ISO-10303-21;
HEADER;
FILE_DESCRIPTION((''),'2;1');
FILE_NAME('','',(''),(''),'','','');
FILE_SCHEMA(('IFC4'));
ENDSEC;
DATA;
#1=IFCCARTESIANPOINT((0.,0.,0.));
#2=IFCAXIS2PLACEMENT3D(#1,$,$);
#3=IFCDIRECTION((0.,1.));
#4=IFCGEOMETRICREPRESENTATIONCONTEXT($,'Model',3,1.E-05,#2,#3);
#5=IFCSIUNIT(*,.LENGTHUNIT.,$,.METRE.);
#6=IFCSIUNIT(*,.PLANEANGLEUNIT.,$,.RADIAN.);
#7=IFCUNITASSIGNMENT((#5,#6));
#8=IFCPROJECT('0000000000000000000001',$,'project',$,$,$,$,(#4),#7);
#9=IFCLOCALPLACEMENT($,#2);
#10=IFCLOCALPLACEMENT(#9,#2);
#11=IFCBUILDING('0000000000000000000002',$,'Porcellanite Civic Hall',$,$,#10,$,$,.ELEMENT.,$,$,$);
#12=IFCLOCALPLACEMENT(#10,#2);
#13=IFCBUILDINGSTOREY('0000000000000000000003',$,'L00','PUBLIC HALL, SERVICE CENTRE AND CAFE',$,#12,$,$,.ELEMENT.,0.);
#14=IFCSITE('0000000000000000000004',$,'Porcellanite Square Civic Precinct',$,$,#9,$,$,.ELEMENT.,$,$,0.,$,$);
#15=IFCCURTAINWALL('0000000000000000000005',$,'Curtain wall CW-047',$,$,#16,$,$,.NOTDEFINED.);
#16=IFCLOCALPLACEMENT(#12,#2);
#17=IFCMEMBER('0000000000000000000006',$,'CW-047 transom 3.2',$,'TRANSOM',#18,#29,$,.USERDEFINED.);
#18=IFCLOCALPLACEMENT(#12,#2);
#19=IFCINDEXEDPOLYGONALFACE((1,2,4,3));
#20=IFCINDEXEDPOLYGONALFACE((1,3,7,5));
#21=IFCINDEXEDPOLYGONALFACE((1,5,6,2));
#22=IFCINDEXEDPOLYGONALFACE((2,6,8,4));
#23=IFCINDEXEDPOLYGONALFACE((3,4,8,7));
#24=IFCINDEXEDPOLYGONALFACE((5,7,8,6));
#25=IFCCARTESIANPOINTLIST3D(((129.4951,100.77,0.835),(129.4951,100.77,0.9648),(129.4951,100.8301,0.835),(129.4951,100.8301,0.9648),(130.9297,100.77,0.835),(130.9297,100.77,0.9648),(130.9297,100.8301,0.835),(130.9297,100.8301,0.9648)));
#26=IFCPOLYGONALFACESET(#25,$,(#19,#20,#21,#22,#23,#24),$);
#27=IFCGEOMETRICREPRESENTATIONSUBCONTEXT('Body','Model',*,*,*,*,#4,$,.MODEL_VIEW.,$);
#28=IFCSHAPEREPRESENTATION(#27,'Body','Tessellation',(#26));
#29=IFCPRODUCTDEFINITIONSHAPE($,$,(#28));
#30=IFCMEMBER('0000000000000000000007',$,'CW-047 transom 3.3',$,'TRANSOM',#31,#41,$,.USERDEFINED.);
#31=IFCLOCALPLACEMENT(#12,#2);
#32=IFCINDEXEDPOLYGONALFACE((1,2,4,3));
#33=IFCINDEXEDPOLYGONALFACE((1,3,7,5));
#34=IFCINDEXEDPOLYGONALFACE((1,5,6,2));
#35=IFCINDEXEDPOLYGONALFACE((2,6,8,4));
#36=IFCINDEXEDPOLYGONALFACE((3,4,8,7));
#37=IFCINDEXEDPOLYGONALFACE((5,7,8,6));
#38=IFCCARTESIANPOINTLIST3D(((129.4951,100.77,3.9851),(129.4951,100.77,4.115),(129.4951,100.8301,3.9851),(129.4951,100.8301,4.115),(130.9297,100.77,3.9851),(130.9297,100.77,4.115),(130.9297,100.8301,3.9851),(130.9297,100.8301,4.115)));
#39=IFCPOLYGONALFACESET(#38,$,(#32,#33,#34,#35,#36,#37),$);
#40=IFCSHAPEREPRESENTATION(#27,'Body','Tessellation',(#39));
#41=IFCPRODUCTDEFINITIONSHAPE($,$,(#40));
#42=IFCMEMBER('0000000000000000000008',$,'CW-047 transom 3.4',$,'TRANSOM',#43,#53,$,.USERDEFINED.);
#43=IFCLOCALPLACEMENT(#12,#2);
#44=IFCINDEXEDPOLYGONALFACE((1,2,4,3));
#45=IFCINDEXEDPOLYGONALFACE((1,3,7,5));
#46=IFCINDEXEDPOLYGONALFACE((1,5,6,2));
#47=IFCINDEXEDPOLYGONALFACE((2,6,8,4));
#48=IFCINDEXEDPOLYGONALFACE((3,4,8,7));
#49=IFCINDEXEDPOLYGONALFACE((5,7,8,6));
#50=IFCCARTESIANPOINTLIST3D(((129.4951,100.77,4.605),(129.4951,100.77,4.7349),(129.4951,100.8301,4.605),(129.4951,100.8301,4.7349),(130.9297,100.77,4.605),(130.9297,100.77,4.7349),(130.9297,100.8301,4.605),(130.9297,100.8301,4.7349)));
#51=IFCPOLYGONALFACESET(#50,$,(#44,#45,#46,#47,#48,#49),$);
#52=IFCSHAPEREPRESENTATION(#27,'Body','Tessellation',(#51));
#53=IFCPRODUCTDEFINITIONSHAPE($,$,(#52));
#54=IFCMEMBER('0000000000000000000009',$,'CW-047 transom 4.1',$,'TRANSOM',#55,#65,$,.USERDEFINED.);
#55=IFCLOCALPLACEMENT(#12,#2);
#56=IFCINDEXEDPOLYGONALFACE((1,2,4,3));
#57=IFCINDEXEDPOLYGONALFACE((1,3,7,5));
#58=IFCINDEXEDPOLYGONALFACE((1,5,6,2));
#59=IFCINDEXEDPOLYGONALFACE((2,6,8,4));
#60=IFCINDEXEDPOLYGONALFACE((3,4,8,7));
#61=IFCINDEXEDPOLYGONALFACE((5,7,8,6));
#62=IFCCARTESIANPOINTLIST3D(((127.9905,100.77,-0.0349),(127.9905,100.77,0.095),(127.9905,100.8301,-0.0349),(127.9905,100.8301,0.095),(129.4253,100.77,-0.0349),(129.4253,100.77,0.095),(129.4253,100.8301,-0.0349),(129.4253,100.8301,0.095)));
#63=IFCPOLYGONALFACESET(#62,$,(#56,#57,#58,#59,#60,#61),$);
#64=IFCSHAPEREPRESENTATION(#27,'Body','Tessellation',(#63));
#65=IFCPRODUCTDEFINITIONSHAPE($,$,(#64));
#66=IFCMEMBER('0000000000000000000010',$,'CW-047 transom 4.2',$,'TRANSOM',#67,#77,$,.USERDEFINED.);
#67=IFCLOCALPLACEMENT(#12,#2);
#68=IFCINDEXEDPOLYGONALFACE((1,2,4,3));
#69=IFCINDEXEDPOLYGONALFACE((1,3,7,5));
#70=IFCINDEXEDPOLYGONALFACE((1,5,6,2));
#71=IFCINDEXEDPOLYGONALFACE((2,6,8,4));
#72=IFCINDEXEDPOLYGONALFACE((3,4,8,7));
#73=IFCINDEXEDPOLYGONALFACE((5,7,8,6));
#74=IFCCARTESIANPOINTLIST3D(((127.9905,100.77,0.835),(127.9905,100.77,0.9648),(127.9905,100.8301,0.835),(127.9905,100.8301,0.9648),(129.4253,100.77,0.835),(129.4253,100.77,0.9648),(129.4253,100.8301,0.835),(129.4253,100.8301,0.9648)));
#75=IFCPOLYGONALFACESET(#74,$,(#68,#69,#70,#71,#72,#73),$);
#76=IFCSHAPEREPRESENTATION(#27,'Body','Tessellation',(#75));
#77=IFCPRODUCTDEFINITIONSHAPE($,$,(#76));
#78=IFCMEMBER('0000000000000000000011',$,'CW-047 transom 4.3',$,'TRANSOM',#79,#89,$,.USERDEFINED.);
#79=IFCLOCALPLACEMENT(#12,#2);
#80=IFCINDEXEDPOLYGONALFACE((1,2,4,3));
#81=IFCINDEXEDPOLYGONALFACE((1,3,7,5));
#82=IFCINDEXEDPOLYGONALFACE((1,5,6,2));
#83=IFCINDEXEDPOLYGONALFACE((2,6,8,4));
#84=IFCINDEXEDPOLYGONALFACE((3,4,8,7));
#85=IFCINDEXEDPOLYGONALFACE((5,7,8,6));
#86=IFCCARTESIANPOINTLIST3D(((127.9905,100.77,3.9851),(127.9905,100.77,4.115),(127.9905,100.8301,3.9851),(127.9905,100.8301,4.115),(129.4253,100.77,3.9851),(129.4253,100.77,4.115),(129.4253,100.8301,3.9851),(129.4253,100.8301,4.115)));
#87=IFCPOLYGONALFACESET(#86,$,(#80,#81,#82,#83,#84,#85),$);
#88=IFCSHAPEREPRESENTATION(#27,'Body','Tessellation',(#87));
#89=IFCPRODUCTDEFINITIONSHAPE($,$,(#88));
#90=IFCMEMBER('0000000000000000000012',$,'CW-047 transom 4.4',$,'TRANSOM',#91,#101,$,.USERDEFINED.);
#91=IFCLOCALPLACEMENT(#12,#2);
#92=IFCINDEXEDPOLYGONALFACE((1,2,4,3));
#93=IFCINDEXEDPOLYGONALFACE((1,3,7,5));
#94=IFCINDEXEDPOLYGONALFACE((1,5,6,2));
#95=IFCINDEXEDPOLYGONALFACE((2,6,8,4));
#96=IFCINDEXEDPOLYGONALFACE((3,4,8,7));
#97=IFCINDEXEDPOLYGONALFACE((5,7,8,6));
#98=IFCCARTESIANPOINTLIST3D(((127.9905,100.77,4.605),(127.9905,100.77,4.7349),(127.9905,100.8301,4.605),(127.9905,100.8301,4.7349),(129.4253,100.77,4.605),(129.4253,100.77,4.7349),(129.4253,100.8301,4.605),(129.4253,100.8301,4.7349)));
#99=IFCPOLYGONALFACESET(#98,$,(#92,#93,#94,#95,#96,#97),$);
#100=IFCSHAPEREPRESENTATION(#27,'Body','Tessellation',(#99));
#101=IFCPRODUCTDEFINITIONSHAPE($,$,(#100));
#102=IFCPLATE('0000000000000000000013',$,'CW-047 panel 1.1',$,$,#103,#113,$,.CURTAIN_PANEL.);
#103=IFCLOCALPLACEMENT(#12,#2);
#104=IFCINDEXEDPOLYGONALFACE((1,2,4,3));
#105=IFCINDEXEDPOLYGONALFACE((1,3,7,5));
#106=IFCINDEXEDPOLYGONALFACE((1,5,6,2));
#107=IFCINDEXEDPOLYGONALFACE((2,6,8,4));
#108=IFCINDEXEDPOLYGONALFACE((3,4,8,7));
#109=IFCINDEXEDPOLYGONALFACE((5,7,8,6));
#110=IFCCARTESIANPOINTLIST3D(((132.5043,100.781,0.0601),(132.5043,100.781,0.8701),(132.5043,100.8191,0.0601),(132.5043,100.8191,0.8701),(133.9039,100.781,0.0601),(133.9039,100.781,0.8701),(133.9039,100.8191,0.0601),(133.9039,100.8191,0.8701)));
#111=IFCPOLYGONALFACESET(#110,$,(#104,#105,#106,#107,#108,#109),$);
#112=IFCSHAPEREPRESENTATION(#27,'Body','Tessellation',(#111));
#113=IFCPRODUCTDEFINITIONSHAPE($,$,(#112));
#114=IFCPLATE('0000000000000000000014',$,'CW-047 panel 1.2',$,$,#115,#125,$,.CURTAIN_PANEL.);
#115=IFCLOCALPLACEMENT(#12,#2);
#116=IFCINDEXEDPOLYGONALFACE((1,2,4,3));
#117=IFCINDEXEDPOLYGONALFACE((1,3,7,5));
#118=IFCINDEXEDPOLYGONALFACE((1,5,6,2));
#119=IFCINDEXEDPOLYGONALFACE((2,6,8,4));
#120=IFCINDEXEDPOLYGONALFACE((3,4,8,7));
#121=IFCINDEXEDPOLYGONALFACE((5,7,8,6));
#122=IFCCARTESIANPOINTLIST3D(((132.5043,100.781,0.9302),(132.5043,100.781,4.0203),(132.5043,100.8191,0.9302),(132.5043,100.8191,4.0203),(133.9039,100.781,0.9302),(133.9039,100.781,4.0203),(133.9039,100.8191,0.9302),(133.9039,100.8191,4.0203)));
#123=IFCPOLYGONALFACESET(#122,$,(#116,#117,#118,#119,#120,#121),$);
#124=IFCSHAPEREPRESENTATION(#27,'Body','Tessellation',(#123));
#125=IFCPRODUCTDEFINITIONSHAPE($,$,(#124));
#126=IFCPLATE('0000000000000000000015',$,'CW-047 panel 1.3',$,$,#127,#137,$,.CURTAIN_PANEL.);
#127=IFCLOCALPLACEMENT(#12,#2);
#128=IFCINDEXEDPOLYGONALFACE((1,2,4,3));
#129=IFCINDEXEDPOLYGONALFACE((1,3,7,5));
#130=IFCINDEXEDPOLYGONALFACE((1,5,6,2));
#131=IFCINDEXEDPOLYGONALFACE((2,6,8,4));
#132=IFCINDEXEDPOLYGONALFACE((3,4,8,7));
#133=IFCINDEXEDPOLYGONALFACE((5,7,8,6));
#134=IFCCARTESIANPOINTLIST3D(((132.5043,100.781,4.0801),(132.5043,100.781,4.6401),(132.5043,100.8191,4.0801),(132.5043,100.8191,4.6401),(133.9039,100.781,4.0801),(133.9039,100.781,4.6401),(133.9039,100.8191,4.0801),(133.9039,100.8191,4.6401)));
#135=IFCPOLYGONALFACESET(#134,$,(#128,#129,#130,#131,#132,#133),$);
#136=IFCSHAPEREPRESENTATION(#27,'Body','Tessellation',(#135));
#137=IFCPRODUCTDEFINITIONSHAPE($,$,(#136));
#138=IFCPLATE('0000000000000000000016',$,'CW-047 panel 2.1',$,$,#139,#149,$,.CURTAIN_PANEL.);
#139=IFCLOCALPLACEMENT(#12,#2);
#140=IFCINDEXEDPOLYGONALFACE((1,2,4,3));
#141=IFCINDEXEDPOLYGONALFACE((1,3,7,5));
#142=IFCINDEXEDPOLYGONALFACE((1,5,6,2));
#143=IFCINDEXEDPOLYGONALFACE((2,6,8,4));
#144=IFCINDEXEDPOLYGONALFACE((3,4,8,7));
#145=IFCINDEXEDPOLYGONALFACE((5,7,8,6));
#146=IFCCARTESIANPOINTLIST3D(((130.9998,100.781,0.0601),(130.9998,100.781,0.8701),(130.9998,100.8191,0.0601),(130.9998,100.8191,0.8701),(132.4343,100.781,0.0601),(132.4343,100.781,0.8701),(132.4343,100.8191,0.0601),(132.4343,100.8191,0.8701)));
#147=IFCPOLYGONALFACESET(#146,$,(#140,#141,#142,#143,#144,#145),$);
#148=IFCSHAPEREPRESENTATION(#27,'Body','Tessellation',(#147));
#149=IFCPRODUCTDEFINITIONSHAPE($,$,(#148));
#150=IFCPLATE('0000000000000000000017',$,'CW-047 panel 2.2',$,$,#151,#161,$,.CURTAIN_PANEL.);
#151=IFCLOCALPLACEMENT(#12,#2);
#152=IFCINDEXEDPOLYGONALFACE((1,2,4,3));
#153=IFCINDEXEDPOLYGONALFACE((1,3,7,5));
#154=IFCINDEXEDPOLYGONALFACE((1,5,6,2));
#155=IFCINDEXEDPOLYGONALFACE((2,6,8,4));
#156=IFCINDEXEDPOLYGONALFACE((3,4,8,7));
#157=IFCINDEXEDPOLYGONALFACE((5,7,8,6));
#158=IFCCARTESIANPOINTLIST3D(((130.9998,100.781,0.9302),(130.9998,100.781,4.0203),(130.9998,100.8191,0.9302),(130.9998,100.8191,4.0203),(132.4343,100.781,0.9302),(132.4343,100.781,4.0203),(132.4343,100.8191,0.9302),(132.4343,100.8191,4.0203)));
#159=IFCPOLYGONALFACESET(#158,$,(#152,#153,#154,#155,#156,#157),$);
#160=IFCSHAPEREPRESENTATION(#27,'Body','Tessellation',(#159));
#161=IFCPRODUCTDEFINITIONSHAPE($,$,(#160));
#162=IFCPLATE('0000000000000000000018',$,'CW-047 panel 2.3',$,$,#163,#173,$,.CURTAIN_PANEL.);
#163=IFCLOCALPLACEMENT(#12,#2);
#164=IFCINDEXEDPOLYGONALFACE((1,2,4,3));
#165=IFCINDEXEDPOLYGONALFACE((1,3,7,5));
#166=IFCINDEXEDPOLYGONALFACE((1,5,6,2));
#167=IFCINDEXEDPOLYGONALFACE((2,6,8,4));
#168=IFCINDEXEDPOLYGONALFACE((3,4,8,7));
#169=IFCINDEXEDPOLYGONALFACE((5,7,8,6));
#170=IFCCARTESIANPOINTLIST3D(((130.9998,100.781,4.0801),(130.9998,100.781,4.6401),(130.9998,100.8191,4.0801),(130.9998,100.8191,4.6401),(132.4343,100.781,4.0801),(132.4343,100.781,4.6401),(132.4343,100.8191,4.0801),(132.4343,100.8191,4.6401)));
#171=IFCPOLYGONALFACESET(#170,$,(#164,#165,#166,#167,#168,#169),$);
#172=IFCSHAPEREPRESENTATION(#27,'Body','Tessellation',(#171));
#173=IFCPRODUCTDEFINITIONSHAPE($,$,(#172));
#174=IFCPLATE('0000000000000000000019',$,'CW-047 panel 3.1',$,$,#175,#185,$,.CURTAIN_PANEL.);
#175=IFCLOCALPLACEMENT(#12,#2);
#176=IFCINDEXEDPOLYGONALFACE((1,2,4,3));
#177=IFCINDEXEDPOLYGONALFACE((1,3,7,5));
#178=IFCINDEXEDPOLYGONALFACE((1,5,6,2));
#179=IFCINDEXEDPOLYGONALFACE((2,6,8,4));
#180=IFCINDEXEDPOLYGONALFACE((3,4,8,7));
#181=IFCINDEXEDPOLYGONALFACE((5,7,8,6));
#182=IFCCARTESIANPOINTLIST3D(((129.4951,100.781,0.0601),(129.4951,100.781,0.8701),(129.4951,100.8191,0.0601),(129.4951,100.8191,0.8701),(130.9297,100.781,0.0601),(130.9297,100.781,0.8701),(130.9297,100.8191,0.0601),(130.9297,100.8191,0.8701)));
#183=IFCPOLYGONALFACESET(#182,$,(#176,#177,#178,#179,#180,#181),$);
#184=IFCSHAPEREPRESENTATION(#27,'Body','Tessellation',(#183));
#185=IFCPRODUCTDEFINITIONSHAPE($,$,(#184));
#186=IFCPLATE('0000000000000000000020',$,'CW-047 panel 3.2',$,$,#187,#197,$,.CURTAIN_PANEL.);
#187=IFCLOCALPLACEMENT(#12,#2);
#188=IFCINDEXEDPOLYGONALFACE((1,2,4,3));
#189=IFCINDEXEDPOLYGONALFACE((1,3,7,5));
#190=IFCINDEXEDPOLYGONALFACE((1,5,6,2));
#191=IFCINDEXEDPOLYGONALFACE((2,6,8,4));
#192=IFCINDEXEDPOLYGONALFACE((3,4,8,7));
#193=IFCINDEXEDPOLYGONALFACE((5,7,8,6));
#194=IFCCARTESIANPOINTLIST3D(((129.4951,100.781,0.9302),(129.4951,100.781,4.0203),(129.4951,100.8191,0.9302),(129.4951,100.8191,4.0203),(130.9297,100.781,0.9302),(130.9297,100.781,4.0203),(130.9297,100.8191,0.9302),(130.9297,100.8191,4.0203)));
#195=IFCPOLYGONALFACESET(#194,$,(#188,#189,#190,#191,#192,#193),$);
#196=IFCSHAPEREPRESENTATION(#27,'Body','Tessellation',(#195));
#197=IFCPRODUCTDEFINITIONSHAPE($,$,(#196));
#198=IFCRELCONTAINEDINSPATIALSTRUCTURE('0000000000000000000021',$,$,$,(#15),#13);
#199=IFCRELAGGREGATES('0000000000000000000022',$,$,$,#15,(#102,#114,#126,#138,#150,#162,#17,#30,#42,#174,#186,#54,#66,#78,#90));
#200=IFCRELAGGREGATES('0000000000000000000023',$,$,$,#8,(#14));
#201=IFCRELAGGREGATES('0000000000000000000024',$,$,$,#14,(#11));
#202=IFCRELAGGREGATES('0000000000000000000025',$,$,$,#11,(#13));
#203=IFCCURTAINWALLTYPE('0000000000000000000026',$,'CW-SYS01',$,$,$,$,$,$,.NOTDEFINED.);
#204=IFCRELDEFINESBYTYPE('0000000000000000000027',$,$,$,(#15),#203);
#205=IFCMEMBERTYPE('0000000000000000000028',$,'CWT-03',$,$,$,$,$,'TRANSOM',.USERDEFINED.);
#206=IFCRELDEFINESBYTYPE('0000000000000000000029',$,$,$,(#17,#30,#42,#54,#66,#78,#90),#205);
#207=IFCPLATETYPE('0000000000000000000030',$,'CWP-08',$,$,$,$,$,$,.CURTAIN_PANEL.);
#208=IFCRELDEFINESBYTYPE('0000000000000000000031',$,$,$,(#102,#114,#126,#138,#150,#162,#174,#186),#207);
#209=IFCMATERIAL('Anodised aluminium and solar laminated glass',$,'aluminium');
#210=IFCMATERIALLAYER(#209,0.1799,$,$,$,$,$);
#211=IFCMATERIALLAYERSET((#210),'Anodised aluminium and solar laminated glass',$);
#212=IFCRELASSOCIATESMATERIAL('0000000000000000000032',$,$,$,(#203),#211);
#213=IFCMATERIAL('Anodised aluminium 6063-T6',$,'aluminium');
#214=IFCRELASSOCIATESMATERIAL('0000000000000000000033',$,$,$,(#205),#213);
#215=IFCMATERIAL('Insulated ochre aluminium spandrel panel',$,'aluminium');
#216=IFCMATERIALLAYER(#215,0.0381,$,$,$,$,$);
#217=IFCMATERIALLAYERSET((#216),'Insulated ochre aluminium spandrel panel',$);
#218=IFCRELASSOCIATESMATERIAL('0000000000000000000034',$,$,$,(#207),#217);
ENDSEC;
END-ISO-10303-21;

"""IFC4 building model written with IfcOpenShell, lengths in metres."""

from ifc_helpers import new_model, si_unit, direction, frame, origin, origin_2d, place, context, subcontext, project, spatial, rectangle, extrude, material, layer, layer_set, material_profile, profile_set, type_object, element, aggregate, save


model = new_model("IFC4")

# Units and contexts
model_context = context("Model", 3, precision=1e-05, world=origin(), true_north=direction((0.0, 1.0)))
body_context = subcontext(model_context, "Body", "Model", "MODEL_VIEW")
ifc_project = project(units=[si_unit("LENGTHUNIT", "METRE"), si_unit("PLANEANGLEUNIT", "RADIAN")], contexts=[model_context])

# Site, building, storey
site_placement = place(None, origin())
site = spatial("IfcSite", under=ifc_project, at=site_placement, Name="Porcellanite Square Civic Precinct", CompositionType="ELEMENT", RefElevation=0.0)
building_placement = place(site_placement, origin())
building = spatial("IfcBuilding", under=site, at=building_placement, Name="Porcellanite Civic Hall", CompositionType="ELEMENT")
storey_placement = place(building_placement, origin())
storey = spatial("IfcBuildingStorey", under=building, at=storey_placement, Name="L00", Description="PUBLIC HALL, SERVICE CENTRE AND CAFE", CompositionType="ELEMENT", Elevation=0.0)

# Curtain wall, members, plates
ifc_material_1 = material(Name="Anodised aluminium and solar laminated glass", Category="aluminium")
ifc_layer_1 = layer(ifc_material_1, 0.1799)
ifc_layer_set_1 = layer_set([ifc_layer_1], Name="Anodised aluminium and solar laminated glass")
curtain_wall_type = type_object("IfcCurtainWallType", Name="CW-SYS01", PredefinedType="NOTDEFINED", material=ifc_layer_set_1)
curtain_wall_placement = place(storey_placement, origin())
curtain_wall = element("IfcCurtainWall", 1, at=curtain_wall_placement, inside=storey, type_object=curtain_wall_type, Name="Curtain wall CW-047", PredefinedType="NOTDEFINED")
ifc_material_2 = material(Name="Anodised aluminium 6063-T6", Category="aluminium")
ifc_material_profile_1 = material_profile(ifc_material_2, rectangle(XDim=0.0601, YDim=0.1299, at=origin_2d()), Name="AL-60x130")
ifc_profile_set_1 = profile_set([ifc_material_profile_1], Name="Anodised aluminium 6063-T6")
member_type_1 = type_object("IfcMemberType", Name="CWT-03", ElementType="TRANSOM", PredefinedType="USERDEFINED", material=ifc_profile_set_1)
member_1_placement = place(storey_placement, frame((130.9297, 100.8, 0.8999), z_axis=(-1.0, 0.0, 0.0), x_axis=(0.0, -1.0, 0.0)))
member_1 = element("IfcMember", 2, at=member_1_placement, type_object=member_type_1, Name="CW-047 transom 3.2", ObjectType="TRANSOM", PredefinedType="USERDEFINED", context=body_context, shape_type="SweptSolid", body=[
    extrude(rectangle(XDim=0.0601, YDim=0.1299, at=origin_2d()), origin(), (0.0, 0.0, 1.0), 1.4346),
])
member_2_placement = place(storey_placement, frame((130.9297, 100.8, 4.05), z_axis=(-1.0, 0.0, 0.0), x_axis=(0.0, -1.0, 0.0)))
member_2 = element("IfcMember", 3, at=member_2_placement, type_object=member_type_1, Name="CW-047 transom 3.3", ObjectType="TRANSOM", PredefinedType="USERDEFINED", context=body_context, shape_type="SweptSolid", body=[
    extrude(rectangle(XDim=0.0601, YDim=0.1299, at=origin_2d()), origin(), (0.0, 0.0, 1.0), 1.4346),
])
member_3_placement = place(storey_placement, frame((130.9297, 100.8, 4.6699), z_axis=(-1.0, 0.0, 0.0), x_axis=(0.0, -1.0, 0.0)))
member_3 = element("IfcMember", 4, at=member_3_placement, type_object=member_type_1, Name="CW-047 transom 3.4", ObjectType="TRANSOM", PredefinedType="USERDEFINED", context=body_context, shape_type="SweptSolid", body=[
    extrude(rectangle(XDim=0.0601, YDim=0.1299, at=origin_2d()), origin(), (0.0, 0.0, 1.0), 1.4346),
])
member_4_placement = place(storey_placement, frame((129.4253, 100.8, 0.03), z_axis=(-1.0, 0.0, 0.0), x_axis=(0.0, -1.0, 0.0)))
member_4 = element("IfcMember", 5, at=member_4_placement, type_object=member_type_1, Name="CW-047 transom 4.1", ObjectType="TRANSOM", PredefinedType="USERDEFINED", context=body_context, shape_type="SweptSolid", body=[
    extrude(rectangle(XDim=0.0601, YDim=0.1299, at=origin_2d()), origin(), (0.0, 0.0, 1.0), 1.4348),
])
member_5_placement = place(storey_placement, frame((129.4253, 100.8, 0.8999), z_axis=(-1.0, 0.0, 0.0), x_axis=(0.0, -1.0, 0.0)))
member_5 = element("IfcMember", 6, at=member_5_placement, type_object=member_type_1, Name="CW-047 transom 4.2", ObjectType="TRANSOM", PredefinedType="USERDEFINED", context=body_context, shape_type="SweptSolid", body=[
    extrude(rectangle(XDim=0.0601, YDim=0.1299, at=origin_2d()), origin(), (0.0, 0.0, 1.0), 1.4348),
])
member_6_placement = place(storey_placement, frame((129.4253, 100.8, 4.05), z_axis=(-1.0, 0.0, 0.0), x_axis=(0.0, -1.0, 0.0)))
member_6 = element("IfcMember", 7, at=member_6_placement, type_object=member_type_1, Name="CW-047 transom 4.3", ObjectType="TRANSOM", PredefinedType="USERDEFINED", context=body_context, shape_type="SweptSolid", body=[
    extrude(rectangle(XDim=0.0601, YDim=0.1299, at=origin_2d()), origin(), (0.0, 0.0, 1.0), 1.4348),
])
member_7_placement = place(storey_placement, frame((129.4253, 100.8, 4.6699), z_axis=(-1.0, 0.0, 0.0), x_axis=(0.0, -1.0, 0.0)))
member_7 = element("IfcMember", 8, at=member_7_placement, type_object=member_type_1, Name="CW-047 transom 4.4", ObjectType="TRANSOM", PredefinedType="USERDEFINED", context=body_context, shape_type="SweptSolid", body=[
    extrude(rectangle(XDim=0.0601, YDim=0.1299, at=origin_2d()), origin(), (0.0, 0.0, 1.0), 1.4348),
])
ifc_material_3 = material(Name="Insulated ochre aluminium spandrel panel", Category="aluminium")
ifc_layer_2 = layer(ifc_material_3, 0.0381)
ifc_layer_set_2 = layer_set([ifc_layer_2], Name="Insulated ochre aluminium spandrel panel")
plate_type = type_object("IfcPlateType", Name="CWP-08", PredefinedType="CURTAIN_PANEL", material=ifc_layer_set_2)
plate_1_placement = place(storey_placement, frame((133.2041, 100.8, 0.0601), z_axis=(0.0, 0.0, 1.0), x_axis=(-1.0, 0.0, 0.0)))
plate_1 = element("IfcPlate", 9, at=plate_1_placement, type_object=plate_type, Name="CW-047 panel 1.1", PredefinedType="CURTAIN_PANEL", context=body_context, shape_type="SweptSolid", body=[
    extrude(rectangle(XDim=1.3997, YDim=0.0381, at=origin_2d()), origin(), (0.0, 0.0, 1.0), 0.8101),
])
plate_2_placement = place(storey_placement, frame((133.2041, 100.8, 0.9302), z_axis=(0.0, 0.0, 1.0), x_axis=(-1.0, 0.0, 0.0)))
plate_2 = element("IfcPlate", 10, at=plate_2_placement, type_object=plate_type, Name="CW-047 panel 1.2", PredefinedType="CURTAIN_PANEL", context=body_context, shape_type="SweptSolid", body=[
    extrude(rectangle(XDim=1.3997, YDim=0.0381, at=origin_2d()), origin(), (0.0, 0.0, 1.0), 3.0901),
])
plate_3_placement = place(storey_placement, frame((133.2041, 100.8, 4.0801), z_axis=(0.0, 0.0, 1.0), x_axis=(-1.0, 0.0, 0.0)))
plate_3 = element("IfcPlate", 11, at=plate_3_placement, type_object=plate_type, Name="CW-047 panel 1.3", PredefinedType="CURTAIN_PANEL", context=body_context, shape_type="SweptSolid", body=[
    extrude(rectangle(XDim=1.3997, YDim=0.0381, at=origin_2d()), origin(), (0.0, 0.0, 1.0), 0.5601),
])
plate_4_placement = place(storey_placement, frame((131.717, 100.8, 0.0601), z_axis=(0.0, 0.0, 1.0), x_axis=(-1.0, 0.0, 0.0)))
plate_4 = element("IfcPlate", 12, at=plate_4_placement, type_object=plate_type, Name="CW-047 panel 2.1", PredefinedType="CURTAIN_PANEL", context=body_context, shape_type="SweptSolid", body=[
    extrude(rectangle(XDim=1.4346, YDim=0.0381, at=origin_2d()), origin(), (0.0, 0.0, 1.0), 0.8101),
])
plate_5_placement = place(storey_placement, frame((131.717, 100.8, 0.9302), z_axis=(0.0, 0.0, 1.0), x_axis=(-1.0, 0.0, 0.0)))
plate_5 = element("IfcPlate", 13, at=plate_5_placement, type_object=plate_type, Name="CW-047 panel 2.2", PredefinedType="CURTAIN_PANEL", context=body_context, shape_type="SweptSolid", body=[
    extrude(rectangle(XDim=1.4346, YDim=0.0381, at=origin_2d()), origin(), (0.0, 0.0, 1.0), 3.0901),
])
plate_6_placement = place(storey_placement, frame((131.717, 100.8, 4.0801), z_axis=(0.0, 0.0, 1.0), x_axis=(-1.0, 0.0, 0.0)))
plate_6 = element("IfcPlate", 14, at=plate_6_placement, type_object=plate_type, Name="CW-047 panel 2.3", PredefinedType="CURTAIN_PANEL", context=body_context, shape_type="SweptSolid", body=[
    extrude(rectangle(XDim=1.4346, YDim=0.0381, at=origin_2d()), origin(), (0.0, 0.0, 1.0), 0.5601),
])
plate_7_placement = place(storey_placement, frame((130.2124, 100.8, 0.0601), z_axis=(0.0, 0.0, 1.0), x_axis=(-1.0, 0.0, 0.0)))
plate_7 = element("IfcPlate", 15, at=plate_7_placement, type_object=plate_type, Name="CW-047 panel 3.1", PredefinedType="CURTAIN_PANEL", context=body_context, shape_type="SweptSolid", body=[
    extrude(rectangle(XDim=1.4346, YDim=0.0381, at=origin_2d()), origin(), (0.0, 0.0, 1.0), 0.8101),
])
plate_8_placement = place(storey_placement, frame((130.2124, 100.8, 0.9302), z_axis=(0.0, 0.0, 1.0), x_axis=(-1.0, 0.0, 0.0)))
plate_8 = element("IfcPlate", 16, at=plate_8_placement, type_object=plate_type, Name="CW-047 panel 3.2", PredefinedType="CURTAIN_PANEL", context=body_context, shape_type="SweptSolid", body=[
    extrude(rectangle(XDim=1.4346, YDim=0.0381, at=origin_2d()), origin(), (0.0, 0.0, 1.0), 3.0901),
])
aggregate(curtain_wall, [plate_1, plate_2, plate_3, plate_4, plate_5, plate_6, member_1, member_2, member_3, plate_7, plate_8, member_4, member_5, member_6, member_7])

save(model, "model.ifc")
